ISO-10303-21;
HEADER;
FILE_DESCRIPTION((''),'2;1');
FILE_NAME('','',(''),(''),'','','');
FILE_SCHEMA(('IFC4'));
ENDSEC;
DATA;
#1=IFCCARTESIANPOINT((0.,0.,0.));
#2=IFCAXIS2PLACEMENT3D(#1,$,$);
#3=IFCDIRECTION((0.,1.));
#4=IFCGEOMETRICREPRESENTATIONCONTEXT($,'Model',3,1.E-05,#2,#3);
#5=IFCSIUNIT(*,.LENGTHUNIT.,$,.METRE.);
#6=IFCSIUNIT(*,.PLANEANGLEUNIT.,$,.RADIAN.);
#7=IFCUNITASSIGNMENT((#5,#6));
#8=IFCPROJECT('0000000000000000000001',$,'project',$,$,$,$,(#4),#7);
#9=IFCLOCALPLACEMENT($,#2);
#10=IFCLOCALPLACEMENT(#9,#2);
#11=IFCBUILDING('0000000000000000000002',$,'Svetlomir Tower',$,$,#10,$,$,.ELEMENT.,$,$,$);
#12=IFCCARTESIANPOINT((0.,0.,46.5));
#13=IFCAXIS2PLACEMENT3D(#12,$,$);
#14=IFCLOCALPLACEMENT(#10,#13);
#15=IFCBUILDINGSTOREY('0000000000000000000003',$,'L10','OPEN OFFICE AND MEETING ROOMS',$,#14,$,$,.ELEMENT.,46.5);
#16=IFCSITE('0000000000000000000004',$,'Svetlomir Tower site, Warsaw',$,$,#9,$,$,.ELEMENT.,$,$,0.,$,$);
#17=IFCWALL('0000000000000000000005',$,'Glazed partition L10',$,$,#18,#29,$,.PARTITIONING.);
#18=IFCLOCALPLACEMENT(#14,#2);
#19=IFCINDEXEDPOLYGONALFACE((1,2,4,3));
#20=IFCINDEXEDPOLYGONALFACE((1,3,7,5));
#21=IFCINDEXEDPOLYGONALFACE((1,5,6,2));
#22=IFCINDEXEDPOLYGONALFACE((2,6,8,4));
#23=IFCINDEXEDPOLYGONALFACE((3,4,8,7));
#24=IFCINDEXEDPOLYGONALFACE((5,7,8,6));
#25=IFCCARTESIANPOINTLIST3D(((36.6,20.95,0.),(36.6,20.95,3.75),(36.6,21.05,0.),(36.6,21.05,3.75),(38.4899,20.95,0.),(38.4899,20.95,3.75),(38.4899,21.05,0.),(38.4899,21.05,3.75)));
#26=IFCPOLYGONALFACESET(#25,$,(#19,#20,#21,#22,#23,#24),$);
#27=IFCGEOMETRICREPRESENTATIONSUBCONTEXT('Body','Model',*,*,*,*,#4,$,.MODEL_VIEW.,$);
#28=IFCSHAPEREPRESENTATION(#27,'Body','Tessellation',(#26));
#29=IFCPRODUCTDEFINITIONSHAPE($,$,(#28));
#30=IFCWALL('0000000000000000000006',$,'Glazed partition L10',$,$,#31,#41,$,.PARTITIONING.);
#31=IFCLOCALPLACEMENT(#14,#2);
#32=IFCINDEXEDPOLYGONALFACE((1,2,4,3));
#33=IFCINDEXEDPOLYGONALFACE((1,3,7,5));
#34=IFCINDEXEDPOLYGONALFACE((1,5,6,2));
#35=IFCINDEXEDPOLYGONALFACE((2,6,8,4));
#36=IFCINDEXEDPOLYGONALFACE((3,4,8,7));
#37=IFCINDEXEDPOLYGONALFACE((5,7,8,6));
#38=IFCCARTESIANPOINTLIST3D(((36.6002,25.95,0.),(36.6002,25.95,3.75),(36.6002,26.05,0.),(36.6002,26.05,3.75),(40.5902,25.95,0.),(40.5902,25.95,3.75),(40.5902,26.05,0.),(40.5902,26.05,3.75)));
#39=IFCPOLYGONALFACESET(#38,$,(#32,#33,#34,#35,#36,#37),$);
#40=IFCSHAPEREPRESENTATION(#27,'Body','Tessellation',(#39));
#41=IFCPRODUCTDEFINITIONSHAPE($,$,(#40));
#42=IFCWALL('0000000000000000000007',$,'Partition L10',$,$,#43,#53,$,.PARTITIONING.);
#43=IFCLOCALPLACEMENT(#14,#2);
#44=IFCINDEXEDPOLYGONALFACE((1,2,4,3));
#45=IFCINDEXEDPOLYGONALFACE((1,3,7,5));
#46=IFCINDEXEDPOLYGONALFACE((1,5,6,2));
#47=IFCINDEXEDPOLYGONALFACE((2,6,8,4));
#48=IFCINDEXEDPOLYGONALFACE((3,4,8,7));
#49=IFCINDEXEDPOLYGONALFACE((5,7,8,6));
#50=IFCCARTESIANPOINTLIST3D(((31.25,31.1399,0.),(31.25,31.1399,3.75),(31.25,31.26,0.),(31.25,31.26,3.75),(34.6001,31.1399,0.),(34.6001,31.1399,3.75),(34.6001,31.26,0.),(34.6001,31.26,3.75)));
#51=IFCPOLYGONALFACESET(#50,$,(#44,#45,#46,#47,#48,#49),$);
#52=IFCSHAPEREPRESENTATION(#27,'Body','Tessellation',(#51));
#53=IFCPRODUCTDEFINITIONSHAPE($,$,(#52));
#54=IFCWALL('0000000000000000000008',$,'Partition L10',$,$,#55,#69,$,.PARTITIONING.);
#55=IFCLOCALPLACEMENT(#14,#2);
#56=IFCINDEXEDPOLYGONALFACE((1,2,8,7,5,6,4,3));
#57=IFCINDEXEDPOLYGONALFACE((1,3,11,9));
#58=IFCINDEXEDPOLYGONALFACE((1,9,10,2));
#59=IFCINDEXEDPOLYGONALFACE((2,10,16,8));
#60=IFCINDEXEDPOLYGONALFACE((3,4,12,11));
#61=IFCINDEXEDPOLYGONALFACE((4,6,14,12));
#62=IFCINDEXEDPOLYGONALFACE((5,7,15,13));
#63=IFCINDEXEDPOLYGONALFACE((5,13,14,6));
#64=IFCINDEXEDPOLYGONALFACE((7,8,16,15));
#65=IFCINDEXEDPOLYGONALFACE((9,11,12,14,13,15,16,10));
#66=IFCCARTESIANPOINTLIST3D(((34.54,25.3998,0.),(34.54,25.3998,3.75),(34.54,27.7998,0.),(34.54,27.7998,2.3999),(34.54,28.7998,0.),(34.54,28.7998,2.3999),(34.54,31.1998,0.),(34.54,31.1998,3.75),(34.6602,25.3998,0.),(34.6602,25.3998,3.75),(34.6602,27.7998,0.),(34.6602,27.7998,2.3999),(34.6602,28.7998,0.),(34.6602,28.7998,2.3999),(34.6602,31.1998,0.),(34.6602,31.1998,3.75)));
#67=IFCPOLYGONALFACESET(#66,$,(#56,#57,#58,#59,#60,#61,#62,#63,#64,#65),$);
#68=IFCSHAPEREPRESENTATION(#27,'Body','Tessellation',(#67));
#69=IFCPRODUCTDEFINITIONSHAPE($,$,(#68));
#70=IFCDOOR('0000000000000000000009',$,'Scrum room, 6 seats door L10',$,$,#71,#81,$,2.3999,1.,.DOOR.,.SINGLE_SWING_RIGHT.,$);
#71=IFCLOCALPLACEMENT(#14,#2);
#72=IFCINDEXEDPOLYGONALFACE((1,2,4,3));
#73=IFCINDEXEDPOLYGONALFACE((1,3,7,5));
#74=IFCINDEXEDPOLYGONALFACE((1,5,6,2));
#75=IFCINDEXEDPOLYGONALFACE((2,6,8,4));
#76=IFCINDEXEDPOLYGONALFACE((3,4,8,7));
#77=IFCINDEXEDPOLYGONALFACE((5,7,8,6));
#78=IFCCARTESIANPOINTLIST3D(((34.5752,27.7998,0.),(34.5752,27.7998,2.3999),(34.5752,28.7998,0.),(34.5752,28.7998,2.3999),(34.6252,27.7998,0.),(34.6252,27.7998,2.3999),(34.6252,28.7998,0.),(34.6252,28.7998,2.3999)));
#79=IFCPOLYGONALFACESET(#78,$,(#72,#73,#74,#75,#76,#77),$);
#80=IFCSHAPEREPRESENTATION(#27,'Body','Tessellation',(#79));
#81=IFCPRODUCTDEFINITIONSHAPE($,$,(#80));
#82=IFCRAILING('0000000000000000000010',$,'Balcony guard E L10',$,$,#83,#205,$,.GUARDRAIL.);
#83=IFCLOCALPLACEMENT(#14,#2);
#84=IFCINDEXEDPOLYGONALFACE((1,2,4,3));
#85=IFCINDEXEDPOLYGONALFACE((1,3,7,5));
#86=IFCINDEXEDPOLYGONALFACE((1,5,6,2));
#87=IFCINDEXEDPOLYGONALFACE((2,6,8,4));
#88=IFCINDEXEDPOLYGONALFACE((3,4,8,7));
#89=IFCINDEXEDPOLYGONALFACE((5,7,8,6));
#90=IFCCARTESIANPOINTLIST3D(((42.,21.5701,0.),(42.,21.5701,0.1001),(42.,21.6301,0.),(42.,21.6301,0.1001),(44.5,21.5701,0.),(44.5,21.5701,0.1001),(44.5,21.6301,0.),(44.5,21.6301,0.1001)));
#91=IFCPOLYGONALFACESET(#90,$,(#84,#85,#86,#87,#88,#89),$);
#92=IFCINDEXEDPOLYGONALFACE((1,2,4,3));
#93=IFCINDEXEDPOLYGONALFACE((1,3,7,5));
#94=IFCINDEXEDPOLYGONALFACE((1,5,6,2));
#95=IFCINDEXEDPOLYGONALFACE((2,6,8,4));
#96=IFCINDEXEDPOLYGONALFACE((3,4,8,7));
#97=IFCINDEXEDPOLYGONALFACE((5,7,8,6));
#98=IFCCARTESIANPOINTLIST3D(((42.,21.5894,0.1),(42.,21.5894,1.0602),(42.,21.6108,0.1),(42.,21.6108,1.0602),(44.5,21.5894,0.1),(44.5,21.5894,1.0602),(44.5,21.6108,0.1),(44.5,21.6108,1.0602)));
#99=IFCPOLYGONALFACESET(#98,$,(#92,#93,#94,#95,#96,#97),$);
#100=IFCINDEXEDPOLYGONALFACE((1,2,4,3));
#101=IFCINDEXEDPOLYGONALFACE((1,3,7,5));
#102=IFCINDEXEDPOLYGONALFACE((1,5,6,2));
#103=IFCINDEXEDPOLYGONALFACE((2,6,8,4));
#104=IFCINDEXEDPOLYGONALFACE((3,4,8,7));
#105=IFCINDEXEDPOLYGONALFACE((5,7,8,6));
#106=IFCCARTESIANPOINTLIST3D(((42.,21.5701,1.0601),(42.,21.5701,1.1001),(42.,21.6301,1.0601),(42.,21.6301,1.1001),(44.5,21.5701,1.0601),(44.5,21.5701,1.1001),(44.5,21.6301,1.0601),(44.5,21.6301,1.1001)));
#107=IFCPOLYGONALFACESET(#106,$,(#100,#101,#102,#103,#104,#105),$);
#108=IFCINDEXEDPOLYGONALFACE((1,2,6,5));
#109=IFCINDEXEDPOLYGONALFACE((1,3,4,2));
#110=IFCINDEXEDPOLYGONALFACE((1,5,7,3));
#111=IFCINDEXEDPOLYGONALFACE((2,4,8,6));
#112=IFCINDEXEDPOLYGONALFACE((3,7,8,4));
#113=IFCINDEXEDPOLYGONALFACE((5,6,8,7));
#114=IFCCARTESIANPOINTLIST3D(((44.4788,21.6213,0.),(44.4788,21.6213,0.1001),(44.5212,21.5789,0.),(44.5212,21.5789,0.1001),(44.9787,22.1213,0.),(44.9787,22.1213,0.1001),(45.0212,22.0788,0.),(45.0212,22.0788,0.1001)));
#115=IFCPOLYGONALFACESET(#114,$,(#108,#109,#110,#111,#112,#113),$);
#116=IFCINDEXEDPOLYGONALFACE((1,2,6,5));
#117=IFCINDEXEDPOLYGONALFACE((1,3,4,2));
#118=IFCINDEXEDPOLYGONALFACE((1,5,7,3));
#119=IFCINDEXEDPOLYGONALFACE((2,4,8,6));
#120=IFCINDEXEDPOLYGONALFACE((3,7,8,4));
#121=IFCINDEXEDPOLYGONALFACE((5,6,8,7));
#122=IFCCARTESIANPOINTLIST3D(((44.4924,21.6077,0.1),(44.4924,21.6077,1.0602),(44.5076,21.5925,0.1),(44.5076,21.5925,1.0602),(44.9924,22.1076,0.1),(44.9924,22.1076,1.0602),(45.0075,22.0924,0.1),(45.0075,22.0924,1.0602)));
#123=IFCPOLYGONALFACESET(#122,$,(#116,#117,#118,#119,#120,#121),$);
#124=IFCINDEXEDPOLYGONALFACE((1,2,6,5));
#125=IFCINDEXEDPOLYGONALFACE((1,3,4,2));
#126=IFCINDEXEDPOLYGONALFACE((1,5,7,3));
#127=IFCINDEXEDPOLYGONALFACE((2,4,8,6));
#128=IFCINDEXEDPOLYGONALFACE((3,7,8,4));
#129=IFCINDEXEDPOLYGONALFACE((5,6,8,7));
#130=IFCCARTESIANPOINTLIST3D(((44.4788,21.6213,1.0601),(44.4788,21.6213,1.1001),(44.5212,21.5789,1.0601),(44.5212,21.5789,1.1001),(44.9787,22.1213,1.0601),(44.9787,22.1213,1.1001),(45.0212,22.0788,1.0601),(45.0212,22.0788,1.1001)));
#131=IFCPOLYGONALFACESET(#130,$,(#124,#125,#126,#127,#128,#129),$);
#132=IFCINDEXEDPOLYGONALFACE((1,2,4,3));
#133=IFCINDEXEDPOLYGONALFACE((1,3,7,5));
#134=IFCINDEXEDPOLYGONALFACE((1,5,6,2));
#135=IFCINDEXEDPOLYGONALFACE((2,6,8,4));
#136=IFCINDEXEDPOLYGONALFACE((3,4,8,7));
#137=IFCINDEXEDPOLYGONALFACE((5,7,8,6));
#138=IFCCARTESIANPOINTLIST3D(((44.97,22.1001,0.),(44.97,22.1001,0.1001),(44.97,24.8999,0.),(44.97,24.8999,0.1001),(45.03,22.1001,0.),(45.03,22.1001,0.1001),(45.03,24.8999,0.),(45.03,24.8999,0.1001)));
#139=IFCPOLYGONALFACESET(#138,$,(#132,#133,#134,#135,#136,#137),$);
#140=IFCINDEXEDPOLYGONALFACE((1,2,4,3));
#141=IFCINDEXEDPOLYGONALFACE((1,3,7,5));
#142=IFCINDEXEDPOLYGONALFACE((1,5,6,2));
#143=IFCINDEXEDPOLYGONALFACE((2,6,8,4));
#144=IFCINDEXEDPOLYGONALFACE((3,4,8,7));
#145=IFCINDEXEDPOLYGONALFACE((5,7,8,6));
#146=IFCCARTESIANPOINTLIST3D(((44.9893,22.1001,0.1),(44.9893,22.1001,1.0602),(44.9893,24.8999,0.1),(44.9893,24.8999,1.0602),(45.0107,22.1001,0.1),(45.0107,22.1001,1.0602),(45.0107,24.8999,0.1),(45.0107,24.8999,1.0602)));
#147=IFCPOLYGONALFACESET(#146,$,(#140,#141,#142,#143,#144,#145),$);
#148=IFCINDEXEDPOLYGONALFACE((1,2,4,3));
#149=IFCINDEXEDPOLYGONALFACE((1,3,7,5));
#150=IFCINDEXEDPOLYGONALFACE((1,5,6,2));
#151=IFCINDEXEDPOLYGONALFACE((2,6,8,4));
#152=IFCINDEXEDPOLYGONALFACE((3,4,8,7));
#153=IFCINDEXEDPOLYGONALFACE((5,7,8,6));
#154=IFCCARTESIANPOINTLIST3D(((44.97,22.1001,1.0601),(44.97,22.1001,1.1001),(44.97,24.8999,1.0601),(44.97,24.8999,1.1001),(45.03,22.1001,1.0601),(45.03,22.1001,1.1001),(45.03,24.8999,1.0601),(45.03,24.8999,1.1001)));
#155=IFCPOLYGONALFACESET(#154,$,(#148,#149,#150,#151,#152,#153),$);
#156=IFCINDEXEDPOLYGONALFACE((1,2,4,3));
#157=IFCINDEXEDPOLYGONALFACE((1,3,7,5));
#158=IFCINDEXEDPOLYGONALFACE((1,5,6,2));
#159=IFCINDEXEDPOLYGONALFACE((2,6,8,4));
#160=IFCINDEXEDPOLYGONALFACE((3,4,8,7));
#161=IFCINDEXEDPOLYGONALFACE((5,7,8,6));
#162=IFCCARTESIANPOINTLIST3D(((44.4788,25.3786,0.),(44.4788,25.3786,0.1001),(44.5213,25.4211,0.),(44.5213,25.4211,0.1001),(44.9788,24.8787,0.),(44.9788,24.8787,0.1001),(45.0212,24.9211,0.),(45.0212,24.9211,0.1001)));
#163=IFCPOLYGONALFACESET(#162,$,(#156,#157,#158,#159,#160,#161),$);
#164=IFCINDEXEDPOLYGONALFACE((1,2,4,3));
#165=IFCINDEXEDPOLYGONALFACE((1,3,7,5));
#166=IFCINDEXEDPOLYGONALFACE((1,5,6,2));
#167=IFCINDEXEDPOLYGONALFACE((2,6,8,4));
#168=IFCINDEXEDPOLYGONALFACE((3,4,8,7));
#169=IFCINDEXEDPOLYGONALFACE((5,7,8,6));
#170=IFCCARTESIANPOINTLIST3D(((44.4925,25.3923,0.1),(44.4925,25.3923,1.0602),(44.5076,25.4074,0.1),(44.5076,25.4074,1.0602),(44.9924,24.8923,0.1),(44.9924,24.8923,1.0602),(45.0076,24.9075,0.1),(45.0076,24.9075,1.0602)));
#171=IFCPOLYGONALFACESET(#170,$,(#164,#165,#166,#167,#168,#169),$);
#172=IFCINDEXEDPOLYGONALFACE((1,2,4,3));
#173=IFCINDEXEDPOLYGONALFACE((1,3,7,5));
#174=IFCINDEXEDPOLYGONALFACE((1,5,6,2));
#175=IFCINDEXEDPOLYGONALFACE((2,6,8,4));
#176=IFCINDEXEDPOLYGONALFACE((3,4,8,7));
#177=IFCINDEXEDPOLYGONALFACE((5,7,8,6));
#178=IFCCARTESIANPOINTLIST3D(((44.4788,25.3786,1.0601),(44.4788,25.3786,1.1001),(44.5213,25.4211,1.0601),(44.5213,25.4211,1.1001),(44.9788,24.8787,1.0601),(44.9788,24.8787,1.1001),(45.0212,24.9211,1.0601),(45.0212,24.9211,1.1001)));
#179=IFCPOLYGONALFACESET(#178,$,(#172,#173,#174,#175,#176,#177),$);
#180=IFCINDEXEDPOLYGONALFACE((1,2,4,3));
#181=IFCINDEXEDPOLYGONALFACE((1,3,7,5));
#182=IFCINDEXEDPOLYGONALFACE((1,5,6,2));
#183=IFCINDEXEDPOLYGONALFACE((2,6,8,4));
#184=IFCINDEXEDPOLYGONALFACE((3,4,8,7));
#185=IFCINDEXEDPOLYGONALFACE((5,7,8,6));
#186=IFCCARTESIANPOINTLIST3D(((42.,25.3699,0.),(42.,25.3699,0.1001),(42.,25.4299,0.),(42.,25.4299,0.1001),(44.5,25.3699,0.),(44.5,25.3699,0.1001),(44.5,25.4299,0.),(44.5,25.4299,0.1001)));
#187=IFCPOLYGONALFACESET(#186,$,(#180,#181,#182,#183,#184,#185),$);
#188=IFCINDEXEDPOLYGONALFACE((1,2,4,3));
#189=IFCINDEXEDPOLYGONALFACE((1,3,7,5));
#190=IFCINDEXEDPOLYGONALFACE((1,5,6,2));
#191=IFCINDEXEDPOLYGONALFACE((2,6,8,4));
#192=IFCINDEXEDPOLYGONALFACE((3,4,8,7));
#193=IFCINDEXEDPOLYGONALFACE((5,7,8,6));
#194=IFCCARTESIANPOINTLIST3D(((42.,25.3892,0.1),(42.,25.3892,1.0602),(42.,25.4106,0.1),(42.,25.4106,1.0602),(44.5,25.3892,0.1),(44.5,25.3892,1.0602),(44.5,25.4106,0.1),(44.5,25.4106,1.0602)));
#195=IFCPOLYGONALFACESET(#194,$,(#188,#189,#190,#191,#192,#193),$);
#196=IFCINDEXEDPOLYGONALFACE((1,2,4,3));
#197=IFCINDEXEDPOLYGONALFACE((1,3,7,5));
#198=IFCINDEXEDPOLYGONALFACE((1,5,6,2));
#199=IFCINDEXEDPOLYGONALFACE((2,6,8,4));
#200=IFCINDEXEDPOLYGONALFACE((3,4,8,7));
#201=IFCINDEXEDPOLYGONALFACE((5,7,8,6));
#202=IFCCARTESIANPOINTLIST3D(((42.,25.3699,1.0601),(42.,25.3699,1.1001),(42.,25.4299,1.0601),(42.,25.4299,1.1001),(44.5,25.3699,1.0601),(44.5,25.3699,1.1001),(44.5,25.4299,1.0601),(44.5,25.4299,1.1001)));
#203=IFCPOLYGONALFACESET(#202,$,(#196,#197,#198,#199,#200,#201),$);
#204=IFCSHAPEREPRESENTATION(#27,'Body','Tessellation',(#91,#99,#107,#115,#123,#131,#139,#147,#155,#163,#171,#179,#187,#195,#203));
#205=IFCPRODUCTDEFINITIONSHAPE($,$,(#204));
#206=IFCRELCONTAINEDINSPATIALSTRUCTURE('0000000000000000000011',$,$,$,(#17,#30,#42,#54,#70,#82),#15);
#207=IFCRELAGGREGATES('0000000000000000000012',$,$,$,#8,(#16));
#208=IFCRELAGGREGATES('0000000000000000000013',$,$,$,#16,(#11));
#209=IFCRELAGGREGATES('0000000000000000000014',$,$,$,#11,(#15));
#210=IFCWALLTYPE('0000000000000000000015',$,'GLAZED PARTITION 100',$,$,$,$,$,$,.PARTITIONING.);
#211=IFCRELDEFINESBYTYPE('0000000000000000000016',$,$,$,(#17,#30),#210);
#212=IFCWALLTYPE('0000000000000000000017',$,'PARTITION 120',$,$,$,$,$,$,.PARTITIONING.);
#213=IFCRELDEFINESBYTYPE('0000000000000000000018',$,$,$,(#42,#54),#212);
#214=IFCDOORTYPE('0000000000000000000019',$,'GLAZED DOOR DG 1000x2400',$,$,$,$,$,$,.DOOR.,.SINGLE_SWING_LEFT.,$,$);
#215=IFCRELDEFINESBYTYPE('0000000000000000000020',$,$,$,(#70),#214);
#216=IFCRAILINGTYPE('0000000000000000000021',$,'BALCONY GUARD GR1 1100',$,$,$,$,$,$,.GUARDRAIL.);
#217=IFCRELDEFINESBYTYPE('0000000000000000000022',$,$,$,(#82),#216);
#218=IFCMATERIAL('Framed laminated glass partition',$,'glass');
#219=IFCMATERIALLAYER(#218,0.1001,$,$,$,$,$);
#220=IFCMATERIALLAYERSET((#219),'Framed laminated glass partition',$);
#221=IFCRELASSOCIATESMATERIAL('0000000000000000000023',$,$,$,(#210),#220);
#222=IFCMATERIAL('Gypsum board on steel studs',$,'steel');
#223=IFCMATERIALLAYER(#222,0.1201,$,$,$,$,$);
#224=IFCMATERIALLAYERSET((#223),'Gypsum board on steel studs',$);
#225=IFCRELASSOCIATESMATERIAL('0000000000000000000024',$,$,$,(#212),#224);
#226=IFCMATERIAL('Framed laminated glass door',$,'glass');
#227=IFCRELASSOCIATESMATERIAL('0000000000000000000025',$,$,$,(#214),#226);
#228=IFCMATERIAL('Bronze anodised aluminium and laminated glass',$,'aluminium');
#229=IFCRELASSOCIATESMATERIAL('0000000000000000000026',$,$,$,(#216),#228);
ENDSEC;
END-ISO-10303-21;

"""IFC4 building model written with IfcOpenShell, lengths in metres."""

from ifc_helpers import new_model, si_unit, direction, frame, frame_2d, origin, origin_2d, place, context, subcontext, project, spatial, rectangle, extrude, material, layer, layer_set, type_object, element, fill, save


model = new_model("IFC4")

# Units and contexts
model_context = context("Model", 3, precision=1e-05, world=origin(), true_north=direction((0.0, 1.0)))
body_context = subcontext(model_context, "Body", "Model", "MODEL_VIEW")
ifc_project = project(units=[si_unit("LENGTHUNIT", "METRE"), si_unit("PLANEANGLEUNIT", "RADIAN")], contexts=[model_context])

# Site, building, storey
site_placement = place(None, origin())
site = spatial("IfcSite", under=ifc_project, at=site_placement, Name="Svetlomir Tower site, Warsaw", CompositionType="ELEMENT", RefElevation=0.0)
building_placement = place(site_placement, origin())
building = spatial("IfcBuilding", under=site, at=building_placement, Name="Svetlomir Tower", CompositionType="ELEMENT")
storey_placement = place(building_placement, frame((0.0, 0.0, 46.5)))
storey = spatial("IfcBuildingStorey", under=building, at=storey_placement, Name="L10", Description="OPEN OFFICE AND MEETING ROOMS", CompositionType="ELEMENT", Elevation=46.5)

# Walls
ifc_material_1 = material(Name="Framed laminated glass partition", Category="glass")
ifc_layer_1 = layer(ifc_material_1, 0.1001)
ifc_layer_set_1 = layer_set([ifc_layer_1], Name="Framed laminated glass partition")
wall_type_1 = type_object("IfcWallType", Name="GLAZED PARTITION 100", PredefinedType="PARTITIONING", material=ifc_layer_set_1)
wall_1_placement = place(storey_placement, frame((36.6001, 21.0, 0.0), z_axis=(0.0, 0.0, 1.0), x_axis=(1.0, 0.0, 0.0)))
element("IfcWall", 1, at=wall_1_placement, inside=storey, type_object=wall_type_1, Name="Glazed partition L10", PredefinedType="PARTITIONING", context=body_context, shape_type="SweptSolid", body=[
    extrude(rectangle(XDim=1.8899, YDim=0.1001, at=frame_2d((0.9448, 0.0))), origin(), (0.0, 0.0, 1.0), 3.75),
])
wall_2_placement = place(storey_placement, frame((36.6001, 26.0, 0.0), z_axis=(0.0, 0.0, 1.0), x_axis=(1.0, 0.0, 0.0)))
element("IfcWall", 2, at=wall_2_placement, inside=storey, type_object=wall_type_1, Name="Glazed partition L10", PredefinedType="PARTITIONING", context=body_context, shape_type="SweptSolid", body=[
    extrude(rectangle(XDim=3.99, YDim=0.1001, at=frame_2d((1.9951, 0.0))), origin(), (0.0, 0.0, 1.0), 3.75),
])
ifc_material_2 = material(Name="Gypsum board on steel studs", Category="steel")
ifc_layer_2 = layer(ifc_material_2, 0.1201)
ifc_layer_set_2 = layer_set([ifc_layer_2], Name="Gypsum board on steel studs")
wall_type_2 = type_object("IfcWallType", Name="PARTITION 120", PredefinedType="PARTITIONING", material=ifc_layer_set_2)
wall_3_placement = place(storey_placement, frame((31.25, 31.2, 0.0), z_axis=(0.0, 0.0, 1.0), x_axis=(1.0, 0.0, 0.0)))
element("IfcWall", 3, at=wall_3_placement, inside=storey, type_object=wall_type_2, Name="Partition L10", PredefinedType="PARTITIONING", context=body_context, shape_type="SweptSolid", body=[
    extrude(rectangle(XDim=3.3501, YDim=0.1201, at=frame_2d((1.675, 0.0))), origin(), (0.0, 0.0, 1.0), 3.75),
])

# Wall, opening, door
wall_4_placement = place(storey_placement, frame((34.6001, 25.3999, 0.0), z_axis=(0.0, 0.0, 1.0), x_axis=(0.0, 1.0, 0.0)))
wall_4 = element("IfcWall", 4, at=wall_4_placement, inside=storey, type_object=wall_type_2, Name="Partition L10", PredefinedType="PARTITIONING", context=body_context, shape_type="SweptSolid", body=[
    extrude(rectangle(XDim=5.8, YDim=0.1201, at=frame_2d((2.8999, 0.0))), origin(), (0.0, 0.0, 1.0), 3.75),
])
opening_1_placement = place(wall_4_placement, frame((2.3999, 0.0, 0.0)))
opening_1 = element("IfcOpeningElement", 5, at=opening_1_placement, cuts=wall_4, PredefinedType="OPENING", context=body_context, shape_type="SweptSolid", body=[
    extrude(rectangle(XDim=1.0, YDim=2.3999, at=frame_2d((0.5, 1.2))), frame((0.0, 0.0701, 0.0), z_axis=(0.0, -1.0, 0.0), x_axis=(1.0, 0.0, 0.0)), (0.0, 0.0, 1.0), 0.1401),
])
ifc_material_3 = material(Name="Framed laminated glass door", Category="glass")
door_type_1 = type_object("IfcDoorType", Name="GLAZED DOOR DG 1000x2400", OperationType="SINGLE_SWING_LEFT", PredefinedType="DOOR", material=ifc_material_3)
door_1_placement = place(opening_1_placement, origin())
door_1 = element("IfcDoor", 6, at=door_1_placement, inside=storey, type_object=door_type_1, Name="Scrum room, 6 seats door L10", OperationType="SINGLE_SWING_RIGHT", OverallHeight=2.3999, OverallWidth=1.0, PredefinedType="DOOR", context=body_context, shape_type="SweptSolid", body=[
    extrude(rectangle(XDim=1.0, YDim=2.3999, at=frame_2d((0.5, 1.2))), frame((0.0, 0.0249, 0.0), z_axis=(0.0, -1.0, 0.0), x_axis=(1.0, 0.0, 0.0)), (0.0, 0.0, 1.0), 0.05),
])
fill(opening_1, door_1)

# Railing
ifc_material_4 = material(Name="Bronze anodised aluminium and laminated glass", Category="aluminium")
railing_type = type_object("IfcRailingType", Name="BALCONY GUARD GR1 1100", PredefinedType="GUARDRAIL", material=ifc_material_4)
railing_placement = place(storey_placement, frame((42.0, 21.6001, 0.0)))
element("IfcRailing", 7, at=railing_placement, inside=storey, type_object=railing_type, Name="Balcony guard E L10", PredefinedType="GUARDRAIL", context=body_context, shape_type="SweptSolid", body=[
    extrude(rectangle(XDim=0.0601, YDim=0.1001, at=origin_2d()), frame((0.0, 0.0, 0.05), z_axis=(1.0, 0.0, 0.0), x_axis=(0.0, 1.0, 0.0)), (0.0, 0.0, 1.0), 2.5),
    extrude(rectangle(XDim=0.0215, YDim=0.9602, at=origin_2d()), frame((0.0, 0.0, 0.5801), z_axis=(1.0, 0.0, 0.0), x_axis=(0.0, 1.0, 0.0)), (0.0, 0.0, 1.0), 2.5),
    extrude(rectangle(XDim=0.0601, YDim=0.04, at=origin_2d()), frame((0.0, 0.0, 1.0801), z_axis=(1.0, 0.0, 0.0), x_axis=(0.0, 1.0, 0.0)), (0.0, 0.0, 1.0), 2.5),
    extrude(rectangle(XDim=0.0601, YDim=0.1001, at=origin_2d()), frame((2.5, 0.0, 0.05), z_axis=(0.707107, 0.707107, 0.0), x_axis=(-0.707107, 0.707107, 0.0)), (0.0, 0.0, 1.0), 0.707),
    extrude(rectangle(XDim=0.0215, YDim=0.9602, at=origin_2d()), frame((2.5, 0.0, 0.5801), z_axis=(0.707107, 0.707107, 0.0), x_axis=(-0.707107, 0.707107, 0.0)), (0.0, 0.0, 1.0), 0.707),
    extrude(rectangle(XDim=0.0601, YDim=0.04, at=origin_2d()), frame((2.5, 0.0, 1.0801), z_axis=(0.707107, 0.707107, 0.0), x_axis=(-0.707107, 0.707107, 0.0)), (0.0, 0.0, 1.0), 0.707),
    extrude(rectangle(XDim=0.0601, YDim=0.1001, at=origin_2d()), frame((3.0, 0.5, 0.05), z_axis=(0.0, 1.0, 0.0), x_axis=(-1.0, 0.0, 0.0)), (0.0, 0.0, 1.0), 2.7998),
    extrude(rectangle(XDim=0.0215, YDim=0.9602, at=origin_2d()), frame((3.0, 0.5, 0.5801), z_axis=(0.0, 1.0, 0.0), x_axis=(-1.0, 0.0, 0.0)), (0.0, 0.0, 1.0), 2.7998),
    extrude(rectangle(XDim=0.0601, YDim=0.04, at=origin_2d()), frame((3.0, 0.5, 1.0801), z_axis=(0.0, 1.0, 0.0), x_axis=(-1.0, 0.0, 0.0)), (0.0, 0.0, 1.0), 2.7998),
    extrude(rectangle(XDim=0.0601, YDim=0.1001, at=origin_2d()), frame((3.0, 3.2998, 0.05), z_axis=(-0.707107, 0.707107, 0.0), x_axis=(-0.707107, -0.707107, 0.0)), (0.0, 0.0, 1.0), 0.707),
    extrude(rectangle(XDim=0.0215, YDim=0.9602, at=origin_2d()), frame((3.0, 3.2998, 0.5801), z_axis=(-0.707107, 0.707107, 0.0), x_axis=(-0.707107, -0.707107, 0.0)), (0.0, 0.0, 1.0), 0.707),
    extrude(rectangle(XDim=0.0601, YDim=0.04, at=origin_2d()), frame((3.0, 3.2998, 1.0801), z_axis=(-0.707107, 0.707107, 0.0), x_axis=(-0.707107, -0.707107, 0.0)), (0.0, 0.0, 1.0), 0.707),
    extrude(rectangle(XDim=0.0601, YDim=0.1001, at=origin_2d()), frame((2.5, 3.7998, 0.05), z_axis=(-1.0, 0.0, 0.0), x_axis=(0.0, -1.0, 0.0)), (0.0, 0.0, 1.0), 2.5),
    extrude(rectangle(XDim=0.0215, YDim=0.9602, at=origin_2d()), frame((2.5, 3.7998, 0.5801), z_axis=(-1.0, 0.0, 0.0), x_axis=(0.0, -1.0, 0.0)), (0.0, 0.0, 1.0), 2.5),
    extrude(rectangle(XDim=0.0601, YDim=0.04, at=origin_2d()), frame((2.5, 3.7998, 1.0801), z_axis=(-1.0, 0.0, 0.0), x_axis=(0.0, -1.0, 0.0)), (0.0, 0.0, 1.0), 2.5),
])

save(model, "model.ifc")
